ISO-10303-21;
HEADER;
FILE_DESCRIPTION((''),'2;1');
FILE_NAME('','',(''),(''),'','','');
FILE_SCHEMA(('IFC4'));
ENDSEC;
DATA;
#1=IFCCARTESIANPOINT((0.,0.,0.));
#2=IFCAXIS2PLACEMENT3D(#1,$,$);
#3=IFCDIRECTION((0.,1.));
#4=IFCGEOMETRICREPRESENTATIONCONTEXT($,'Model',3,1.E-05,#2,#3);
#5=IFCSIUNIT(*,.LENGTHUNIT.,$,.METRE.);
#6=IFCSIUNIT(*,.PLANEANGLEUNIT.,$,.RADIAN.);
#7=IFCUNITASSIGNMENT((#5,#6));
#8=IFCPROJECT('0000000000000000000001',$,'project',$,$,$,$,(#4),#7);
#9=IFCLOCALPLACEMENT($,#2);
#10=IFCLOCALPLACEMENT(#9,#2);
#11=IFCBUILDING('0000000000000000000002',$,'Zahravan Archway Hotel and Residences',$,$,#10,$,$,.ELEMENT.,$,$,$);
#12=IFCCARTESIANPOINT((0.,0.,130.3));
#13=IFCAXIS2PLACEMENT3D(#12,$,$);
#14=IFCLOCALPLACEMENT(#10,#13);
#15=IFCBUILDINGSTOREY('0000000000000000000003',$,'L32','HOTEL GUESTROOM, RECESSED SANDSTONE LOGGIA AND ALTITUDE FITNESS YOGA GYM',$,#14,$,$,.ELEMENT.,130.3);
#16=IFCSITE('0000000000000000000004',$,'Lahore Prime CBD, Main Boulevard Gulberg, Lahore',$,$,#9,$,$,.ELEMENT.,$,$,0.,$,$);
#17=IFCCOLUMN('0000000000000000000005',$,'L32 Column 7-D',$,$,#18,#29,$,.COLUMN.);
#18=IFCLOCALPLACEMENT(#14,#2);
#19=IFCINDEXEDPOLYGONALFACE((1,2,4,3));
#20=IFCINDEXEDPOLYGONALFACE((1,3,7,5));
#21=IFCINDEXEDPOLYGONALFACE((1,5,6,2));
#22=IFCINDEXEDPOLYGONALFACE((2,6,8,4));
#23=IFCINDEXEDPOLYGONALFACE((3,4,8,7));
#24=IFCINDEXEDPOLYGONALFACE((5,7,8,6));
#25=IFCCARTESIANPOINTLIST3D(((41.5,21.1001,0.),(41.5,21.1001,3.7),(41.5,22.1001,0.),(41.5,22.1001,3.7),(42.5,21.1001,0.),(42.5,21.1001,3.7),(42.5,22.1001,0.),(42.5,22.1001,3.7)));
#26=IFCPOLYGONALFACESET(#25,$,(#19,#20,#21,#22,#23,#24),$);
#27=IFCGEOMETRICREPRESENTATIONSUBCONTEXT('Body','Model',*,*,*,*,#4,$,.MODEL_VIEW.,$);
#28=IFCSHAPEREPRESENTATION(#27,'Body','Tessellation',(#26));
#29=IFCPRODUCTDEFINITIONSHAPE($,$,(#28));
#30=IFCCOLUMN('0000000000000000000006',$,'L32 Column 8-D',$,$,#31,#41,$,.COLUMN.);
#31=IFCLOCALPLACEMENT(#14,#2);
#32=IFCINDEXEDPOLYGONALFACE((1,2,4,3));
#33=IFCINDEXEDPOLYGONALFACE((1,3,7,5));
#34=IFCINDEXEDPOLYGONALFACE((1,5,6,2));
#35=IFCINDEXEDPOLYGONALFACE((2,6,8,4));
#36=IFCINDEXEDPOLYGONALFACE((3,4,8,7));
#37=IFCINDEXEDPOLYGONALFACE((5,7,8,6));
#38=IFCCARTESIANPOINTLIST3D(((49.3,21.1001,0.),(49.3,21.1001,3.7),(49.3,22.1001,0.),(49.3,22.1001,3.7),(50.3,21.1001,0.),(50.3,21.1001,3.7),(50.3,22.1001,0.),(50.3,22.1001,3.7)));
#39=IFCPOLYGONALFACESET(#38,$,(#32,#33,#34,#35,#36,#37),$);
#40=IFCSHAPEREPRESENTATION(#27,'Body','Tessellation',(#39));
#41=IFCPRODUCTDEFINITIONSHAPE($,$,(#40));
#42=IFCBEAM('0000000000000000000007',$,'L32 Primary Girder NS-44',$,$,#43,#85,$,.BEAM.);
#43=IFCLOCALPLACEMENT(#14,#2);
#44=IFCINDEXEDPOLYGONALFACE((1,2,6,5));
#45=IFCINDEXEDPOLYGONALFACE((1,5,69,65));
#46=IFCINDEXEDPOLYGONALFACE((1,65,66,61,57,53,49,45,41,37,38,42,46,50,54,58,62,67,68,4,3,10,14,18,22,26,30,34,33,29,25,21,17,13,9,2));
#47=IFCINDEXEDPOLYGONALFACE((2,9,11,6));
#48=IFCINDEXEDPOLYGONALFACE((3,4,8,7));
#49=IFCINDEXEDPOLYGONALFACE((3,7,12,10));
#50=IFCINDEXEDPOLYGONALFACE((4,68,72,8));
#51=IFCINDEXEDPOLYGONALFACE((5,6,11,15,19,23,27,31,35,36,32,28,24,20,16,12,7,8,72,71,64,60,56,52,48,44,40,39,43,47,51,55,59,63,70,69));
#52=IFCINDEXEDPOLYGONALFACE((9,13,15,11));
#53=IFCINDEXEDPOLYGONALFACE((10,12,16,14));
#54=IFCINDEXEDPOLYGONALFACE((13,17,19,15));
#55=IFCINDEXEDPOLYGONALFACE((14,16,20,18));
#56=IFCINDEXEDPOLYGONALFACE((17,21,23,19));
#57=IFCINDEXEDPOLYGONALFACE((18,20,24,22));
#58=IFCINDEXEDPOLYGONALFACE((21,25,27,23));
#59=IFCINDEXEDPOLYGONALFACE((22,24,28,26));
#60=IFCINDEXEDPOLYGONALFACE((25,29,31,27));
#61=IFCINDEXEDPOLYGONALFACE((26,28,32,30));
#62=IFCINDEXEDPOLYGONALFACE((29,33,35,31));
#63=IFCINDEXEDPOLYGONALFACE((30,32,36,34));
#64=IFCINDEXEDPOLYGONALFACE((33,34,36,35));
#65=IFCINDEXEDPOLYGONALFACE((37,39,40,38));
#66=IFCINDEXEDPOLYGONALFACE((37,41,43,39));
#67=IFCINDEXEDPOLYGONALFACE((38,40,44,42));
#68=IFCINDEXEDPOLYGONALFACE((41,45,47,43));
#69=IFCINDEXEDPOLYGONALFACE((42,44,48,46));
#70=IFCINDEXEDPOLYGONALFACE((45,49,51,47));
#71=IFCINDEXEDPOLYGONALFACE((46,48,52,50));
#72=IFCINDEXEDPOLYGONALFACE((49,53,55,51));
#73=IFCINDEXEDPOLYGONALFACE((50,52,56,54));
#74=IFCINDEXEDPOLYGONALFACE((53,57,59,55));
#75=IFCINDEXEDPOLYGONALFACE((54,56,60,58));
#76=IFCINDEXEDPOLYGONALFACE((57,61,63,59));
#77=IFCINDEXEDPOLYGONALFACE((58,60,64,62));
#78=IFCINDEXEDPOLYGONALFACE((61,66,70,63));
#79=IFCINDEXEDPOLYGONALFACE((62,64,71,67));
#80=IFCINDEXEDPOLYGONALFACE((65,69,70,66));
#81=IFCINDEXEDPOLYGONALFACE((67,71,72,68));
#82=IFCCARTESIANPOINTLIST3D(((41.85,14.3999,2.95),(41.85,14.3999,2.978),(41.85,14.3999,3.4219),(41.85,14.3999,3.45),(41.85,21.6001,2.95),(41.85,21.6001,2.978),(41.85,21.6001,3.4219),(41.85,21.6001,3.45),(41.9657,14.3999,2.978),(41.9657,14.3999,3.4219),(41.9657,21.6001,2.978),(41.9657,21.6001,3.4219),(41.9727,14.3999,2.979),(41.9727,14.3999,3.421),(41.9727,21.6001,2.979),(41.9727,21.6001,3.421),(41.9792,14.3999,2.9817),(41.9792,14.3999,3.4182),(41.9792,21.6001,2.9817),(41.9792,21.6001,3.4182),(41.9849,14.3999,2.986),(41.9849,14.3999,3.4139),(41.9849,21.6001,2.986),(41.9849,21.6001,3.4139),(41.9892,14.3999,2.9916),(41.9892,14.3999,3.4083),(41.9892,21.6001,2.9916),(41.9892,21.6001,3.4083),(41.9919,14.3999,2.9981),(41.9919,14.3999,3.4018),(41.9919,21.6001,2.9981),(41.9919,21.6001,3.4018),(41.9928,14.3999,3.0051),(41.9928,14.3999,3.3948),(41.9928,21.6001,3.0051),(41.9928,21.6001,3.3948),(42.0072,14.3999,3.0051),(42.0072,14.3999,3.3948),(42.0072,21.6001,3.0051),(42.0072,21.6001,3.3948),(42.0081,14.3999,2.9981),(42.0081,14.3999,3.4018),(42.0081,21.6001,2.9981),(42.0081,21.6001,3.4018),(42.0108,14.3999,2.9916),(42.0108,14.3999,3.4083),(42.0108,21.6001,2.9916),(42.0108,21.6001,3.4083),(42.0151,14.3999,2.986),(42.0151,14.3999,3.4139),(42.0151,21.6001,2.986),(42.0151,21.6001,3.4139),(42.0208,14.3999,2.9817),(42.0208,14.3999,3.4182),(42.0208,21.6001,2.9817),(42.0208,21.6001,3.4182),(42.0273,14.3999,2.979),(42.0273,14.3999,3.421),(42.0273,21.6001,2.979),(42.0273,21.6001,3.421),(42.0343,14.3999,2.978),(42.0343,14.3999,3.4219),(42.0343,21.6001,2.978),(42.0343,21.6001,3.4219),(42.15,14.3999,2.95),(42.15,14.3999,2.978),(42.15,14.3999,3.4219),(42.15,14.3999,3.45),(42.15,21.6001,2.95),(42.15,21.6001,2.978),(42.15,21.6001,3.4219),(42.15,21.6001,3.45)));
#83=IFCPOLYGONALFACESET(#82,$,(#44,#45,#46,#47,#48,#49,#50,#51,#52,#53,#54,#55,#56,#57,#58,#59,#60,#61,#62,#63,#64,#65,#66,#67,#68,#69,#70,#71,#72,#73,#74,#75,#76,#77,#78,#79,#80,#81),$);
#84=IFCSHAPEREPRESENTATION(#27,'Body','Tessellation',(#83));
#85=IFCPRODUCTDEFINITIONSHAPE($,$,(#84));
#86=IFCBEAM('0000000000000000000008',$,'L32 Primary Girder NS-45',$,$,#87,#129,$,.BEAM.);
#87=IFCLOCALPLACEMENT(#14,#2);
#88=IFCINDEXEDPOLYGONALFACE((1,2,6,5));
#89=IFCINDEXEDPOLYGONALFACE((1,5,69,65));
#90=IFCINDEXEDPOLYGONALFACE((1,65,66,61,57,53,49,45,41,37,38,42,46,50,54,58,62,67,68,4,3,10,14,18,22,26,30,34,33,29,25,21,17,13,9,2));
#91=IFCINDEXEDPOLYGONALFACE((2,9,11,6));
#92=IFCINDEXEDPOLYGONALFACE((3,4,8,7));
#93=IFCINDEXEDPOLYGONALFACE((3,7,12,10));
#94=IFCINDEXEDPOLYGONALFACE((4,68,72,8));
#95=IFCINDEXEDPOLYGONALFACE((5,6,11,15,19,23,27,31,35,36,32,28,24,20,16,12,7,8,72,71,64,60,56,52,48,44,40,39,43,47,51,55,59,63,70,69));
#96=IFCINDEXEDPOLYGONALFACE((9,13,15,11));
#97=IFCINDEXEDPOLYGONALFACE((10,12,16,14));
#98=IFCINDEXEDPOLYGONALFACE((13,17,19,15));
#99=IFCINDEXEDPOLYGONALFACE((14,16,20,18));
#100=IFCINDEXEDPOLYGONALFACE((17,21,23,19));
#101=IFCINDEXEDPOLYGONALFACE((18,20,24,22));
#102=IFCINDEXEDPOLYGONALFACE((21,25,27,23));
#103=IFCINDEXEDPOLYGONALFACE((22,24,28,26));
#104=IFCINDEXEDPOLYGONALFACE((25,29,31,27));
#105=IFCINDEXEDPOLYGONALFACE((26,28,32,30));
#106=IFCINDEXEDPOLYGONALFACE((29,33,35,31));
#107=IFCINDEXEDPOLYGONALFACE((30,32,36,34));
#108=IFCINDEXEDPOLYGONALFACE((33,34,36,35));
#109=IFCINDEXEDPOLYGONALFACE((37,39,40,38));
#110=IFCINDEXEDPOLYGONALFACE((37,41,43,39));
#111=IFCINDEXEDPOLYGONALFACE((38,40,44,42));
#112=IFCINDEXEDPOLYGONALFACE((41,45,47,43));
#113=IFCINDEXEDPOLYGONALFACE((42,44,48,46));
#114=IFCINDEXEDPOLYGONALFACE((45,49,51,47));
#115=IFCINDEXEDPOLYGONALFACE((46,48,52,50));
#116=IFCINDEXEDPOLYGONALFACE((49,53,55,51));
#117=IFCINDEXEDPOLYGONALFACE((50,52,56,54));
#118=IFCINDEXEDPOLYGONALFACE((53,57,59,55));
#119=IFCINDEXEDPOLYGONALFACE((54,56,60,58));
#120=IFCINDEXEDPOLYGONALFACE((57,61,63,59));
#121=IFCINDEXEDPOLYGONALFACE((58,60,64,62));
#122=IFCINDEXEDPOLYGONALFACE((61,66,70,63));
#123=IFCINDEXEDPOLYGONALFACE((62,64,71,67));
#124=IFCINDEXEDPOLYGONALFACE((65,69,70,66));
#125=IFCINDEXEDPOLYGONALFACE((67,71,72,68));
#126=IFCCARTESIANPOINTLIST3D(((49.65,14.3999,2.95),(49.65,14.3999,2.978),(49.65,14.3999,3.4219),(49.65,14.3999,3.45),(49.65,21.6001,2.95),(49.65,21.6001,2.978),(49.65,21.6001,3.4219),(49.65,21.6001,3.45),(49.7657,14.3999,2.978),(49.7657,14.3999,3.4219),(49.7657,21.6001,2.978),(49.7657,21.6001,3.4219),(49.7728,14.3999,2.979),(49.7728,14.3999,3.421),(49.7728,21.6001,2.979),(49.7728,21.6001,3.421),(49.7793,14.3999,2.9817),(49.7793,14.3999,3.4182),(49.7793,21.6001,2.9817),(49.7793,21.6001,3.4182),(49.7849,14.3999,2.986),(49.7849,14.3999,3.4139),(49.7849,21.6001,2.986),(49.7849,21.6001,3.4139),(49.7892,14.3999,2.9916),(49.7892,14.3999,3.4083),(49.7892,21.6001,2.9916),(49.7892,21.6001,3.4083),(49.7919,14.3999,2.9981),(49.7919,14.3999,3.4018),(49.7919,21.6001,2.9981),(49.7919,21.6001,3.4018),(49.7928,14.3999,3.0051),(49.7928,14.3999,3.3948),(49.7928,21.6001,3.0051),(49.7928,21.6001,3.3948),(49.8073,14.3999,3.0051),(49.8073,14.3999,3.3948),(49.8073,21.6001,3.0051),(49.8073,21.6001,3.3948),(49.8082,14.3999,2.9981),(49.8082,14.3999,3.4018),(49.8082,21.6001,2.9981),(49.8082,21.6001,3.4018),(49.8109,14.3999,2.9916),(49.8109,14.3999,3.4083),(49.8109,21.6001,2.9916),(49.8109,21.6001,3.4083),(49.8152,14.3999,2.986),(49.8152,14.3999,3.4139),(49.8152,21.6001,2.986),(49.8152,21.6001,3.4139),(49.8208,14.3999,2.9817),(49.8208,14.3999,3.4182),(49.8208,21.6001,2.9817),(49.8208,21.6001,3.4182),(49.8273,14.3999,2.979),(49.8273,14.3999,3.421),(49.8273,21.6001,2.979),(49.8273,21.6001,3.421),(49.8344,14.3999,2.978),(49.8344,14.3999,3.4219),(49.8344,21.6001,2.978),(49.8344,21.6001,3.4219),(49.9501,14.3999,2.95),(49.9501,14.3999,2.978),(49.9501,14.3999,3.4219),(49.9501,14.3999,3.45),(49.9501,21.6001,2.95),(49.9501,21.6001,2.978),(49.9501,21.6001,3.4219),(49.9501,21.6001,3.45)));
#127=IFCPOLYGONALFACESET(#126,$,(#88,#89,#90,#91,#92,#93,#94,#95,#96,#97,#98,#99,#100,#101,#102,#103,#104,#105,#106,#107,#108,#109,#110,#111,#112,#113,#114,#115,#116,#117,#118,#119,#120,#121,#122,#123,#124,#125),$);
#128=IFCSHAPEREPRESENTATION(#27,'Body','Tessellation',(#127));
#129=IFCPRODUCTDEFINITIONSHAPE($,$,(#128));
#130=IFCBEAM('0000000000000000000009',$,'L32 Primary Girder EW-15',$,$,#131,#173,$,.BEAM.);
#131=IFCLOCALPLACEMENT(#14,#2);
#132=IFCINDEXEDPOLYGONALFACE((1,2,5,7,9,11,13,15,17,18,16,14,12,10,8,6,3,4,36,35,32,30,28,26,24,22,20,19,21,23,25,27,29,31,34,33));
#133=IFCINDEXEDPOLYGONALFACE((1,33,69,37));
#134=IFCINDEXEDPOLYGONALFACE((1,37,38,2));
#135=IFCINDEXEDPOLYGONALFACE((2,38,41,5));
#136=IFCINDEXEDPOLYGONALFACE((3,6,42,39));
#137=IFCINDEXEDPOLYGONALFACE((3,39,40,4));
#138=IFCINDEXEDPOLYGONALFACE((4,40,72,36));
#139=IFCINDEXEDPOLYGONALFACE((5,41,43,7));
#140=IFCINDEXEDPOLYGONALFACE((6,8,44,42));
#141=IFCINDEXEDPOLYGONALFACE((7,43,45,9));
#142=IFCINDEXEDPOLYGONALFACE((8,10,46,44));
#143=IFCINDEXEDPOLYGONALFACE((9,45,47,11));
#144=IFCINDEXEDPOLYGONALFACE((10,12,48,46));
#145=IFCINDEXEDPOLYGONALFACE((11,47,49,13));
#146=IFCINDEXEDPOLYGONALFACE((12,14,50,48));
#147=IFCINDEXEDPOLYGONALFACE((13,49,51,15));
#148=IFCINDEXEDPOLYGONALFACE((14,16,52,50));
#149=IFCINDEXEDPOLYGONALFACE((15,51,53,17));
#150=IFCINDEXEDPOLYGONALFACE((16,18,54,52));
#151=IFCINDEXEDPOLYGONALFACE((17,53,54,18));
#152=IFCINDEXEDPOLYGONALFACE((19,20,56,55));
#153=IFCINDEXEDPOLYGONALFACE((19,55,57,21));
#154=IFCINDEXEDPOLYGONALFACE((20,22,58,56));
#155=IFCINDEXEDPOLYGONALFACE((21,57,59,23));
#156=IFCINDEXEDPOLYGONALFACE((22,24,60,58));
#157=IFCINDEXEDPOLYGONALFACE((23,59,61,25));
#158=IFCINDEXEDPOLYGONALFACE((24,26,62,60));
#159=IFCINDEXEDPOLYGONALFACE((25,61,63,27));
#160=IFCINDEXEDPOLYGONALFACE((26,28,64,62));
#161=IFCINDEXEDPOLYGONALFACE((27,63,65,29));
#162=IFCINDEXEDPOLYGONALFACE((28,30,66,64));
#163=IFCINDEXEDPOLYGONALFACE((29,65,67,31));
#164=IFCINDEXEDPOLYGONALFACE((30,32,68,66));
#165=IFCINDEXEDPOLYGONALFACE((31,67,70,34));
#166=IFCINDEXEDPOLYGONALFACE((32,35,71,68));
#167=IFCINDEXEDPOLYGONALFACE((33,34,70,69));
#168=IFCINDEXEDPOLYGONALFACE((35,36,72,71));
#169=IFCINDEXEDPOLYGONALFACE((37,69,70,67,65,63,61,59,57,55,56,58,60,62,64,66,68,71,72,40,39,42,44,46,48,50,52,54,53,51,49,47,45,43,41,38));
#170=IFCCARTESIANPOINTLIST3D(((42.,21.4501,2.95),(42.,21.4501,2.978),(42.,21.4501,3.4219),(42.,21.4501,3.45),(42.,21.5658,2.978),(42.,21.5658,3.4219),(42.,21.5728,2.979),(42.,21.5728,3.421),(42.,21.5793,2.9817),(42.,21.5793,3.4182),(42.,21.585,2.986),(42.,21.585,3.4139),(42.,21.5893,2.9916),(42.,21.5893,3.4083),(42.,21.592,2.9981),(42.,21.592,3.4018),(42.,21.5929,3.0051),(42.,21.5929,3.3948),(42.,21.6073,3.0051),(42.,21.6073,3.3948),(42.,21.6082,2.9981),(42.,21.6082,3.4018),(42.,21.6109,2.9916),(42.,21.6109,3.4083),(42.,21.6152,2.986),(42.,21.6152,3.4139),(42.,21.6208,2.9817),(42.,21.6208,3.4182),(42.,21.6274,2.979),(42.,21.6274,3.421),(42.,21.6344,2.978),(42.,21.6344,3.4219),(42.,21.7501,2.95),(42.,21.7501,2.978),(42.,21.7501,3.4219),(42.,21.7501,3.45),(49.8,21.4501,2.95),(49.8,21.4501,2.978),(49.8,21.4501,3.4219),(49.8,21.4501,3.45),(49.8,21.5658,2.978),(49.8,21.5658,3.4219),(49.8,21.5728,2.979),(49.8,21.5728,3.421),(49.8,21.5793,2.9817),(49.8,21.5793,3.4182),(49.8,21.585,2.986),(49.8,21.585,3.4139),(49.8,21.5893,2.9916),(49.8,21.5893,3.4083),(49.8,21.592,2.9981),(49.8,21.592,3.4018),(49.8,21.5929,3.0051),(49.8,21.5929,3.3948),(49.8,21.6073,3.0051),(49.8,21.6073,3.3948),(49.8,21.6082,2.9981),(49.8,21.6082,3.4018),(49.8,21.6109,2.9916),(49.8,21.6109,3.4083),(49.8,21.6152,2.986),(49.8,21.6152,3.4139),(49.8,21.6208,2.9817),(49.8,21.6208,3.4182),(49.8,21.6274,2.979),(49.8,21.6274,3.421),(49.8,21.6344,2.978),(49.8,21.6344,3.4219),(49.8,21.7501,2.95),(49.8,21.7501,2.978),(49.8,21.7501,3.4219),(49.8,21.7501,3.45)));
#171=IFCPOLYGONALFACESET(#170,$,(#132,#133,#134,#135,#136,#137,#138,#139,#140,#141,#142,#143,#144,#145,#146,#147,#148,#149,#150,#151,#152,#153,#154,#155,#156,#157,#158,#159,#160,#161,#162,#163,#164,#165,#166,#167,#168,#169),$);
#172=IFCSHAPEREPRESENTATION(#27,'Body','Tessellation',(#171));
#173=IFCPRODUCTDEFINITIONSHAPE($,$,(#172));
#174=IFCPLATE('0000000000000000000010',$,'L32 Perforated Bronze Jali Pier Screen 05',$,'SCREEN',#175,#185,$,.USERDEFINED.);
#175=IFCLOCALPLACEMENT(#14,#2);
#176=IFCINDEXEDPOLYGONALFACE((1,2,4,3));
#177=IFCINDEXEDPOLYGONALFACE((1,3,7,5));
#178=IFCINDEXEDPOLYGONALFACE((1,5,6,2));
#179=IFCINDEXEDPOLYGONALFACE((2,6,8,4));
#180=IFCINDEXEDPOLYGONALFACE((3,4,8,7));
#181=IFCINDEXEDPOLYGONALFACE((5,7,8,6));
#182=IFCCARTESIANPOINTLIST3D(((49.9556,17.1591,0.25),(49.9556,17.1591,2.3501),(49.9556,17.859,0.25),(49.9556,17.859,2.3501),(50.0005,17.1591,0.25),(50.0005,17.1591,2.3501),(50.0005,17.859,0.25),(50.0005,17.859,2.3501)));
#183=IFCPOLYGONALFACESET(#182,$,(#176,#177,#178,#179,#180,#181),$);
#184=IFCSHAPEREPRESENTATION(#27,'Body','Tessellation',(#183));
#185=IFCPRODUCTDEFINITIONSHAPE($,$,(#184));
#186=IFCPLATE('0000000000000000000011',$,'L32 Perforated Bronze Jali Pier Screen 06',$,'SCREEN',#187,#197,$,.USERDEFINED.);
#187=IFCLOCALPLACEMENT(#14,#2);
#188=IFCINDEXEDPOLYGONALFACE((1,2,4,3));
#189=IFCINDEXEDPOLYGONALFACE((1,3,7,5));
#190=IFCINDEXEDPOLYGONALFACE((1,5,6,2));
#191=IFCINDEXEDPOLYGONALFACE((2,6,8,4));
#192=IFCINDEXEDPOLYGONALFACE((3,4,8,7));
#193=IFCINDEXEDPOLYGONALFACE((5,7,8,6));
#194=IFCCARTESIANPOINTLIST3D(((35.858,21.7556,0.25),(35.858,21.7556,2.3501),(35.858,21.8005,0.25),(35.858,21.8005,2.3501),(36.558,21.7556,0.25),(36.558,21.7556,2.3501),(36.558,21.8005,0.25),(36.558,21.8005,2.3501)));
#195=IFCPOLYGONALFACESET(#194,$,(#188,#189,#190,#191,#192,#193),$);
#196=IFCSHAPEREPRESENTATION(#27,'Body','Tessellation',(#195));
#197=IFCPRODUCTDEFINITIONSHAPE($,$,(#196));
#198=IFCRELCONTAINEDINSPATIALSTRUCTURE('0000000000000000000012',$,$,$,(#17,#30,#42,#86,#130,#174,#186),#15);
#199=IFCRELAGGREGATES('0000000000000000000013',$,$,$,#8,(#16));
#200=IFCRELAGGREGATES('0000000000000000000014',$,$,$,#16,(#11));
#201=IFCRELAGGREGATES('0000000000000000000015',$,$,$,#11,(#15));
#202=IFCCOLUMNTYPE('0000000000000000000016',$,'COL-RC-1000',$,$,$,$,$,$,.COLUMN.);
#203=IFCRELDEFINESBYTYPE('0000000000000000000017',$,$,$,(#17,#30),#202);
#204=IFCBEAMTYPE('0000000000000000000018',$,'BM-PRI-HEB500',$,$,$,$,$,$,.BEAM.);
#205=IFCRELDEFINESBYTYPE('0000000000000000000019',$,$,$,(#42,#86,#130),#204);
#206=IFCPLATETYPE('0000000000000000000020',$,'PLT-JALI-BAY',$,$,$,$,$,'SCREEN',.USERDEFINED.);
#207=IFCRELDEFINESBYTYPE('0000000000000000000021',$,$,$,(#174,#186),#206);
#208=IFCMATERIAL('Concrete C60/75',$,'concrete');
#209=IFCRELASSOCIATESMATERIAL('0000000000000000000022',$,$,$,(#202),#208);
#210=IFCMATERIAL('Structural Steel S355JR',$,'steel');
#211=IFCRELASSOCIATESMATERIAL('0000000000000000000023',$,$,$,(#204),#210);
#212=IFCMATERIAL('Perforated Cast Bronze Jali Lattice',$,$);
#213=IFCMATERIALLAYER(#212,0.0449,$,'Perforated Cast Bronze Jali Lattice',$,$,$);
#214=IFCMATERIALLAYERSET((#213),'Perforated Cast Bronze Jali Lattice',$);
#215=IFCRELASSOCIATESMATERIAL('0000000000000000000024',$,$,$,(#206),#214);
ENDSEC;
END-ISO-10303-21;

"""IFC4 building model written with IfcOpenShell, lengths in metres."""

from ifc_helpers import new_model, si_unit, direction, frame, origin, origin_2d, place, context, subcontext, project, spatial, rectangle, i_section, extrude, source, transform, mapped, material, layer, layer_set, material_profile, profile_set, type_object, type_shapes, element, save


model = new_model("IFC4")

# Units and contexts
model_context = context("Model", 3, precision=1e-05, world=origin(), true_north=direction((0.0, 1.0)))
body_context = subcontext(model_context, "Body", "Model", "MODEL_VIEW")
ifc_project = project(units=[si_unit("LENGTHUNIT", "METRE"), si_unit("PLANEANGLEUNIT", "RADIAN")], contexts=[model_context])

# Site, building, storey
site_placement = place(None, origin())
site = spatial("IfcSite", under=ifc_project, at=site_placement, Name="Lahore Prime CBD, Main Boulevard Gulberg, Lahore", CompositionType="ELEMENT", RefElevation=0.0)
building_placement = place(site_placement, origin())
building = spatial("IfcBuilding", under=site, at=building_placement, Name="Zahravan Archway Hotel and Residences", CompositionType="ELEMENT")
storey_placement = place(building_placement, frame((0.0, 0.0, 130.3)))
storey = spatial("IfcBuildingStorey", under=building, at=storey_placement, Name="L32", Description="HOTEL GUESTROOM, RECESSED SANDSTONE LOGGIA AND ALTITUDE FITNESS YOGA GYM", CompositionType="ELEMENT", Elevation=130.3)

# Columns
ifc_material_1 = material(Name="Concrete C60/75", Category="concrete")
ifc_material_profile_1 = material_profile(ifc_material_1, rectangle(XDim=1.0, YDim=1.0, at=origin_2d()), Name="RC-COL-1000x1000", Category="concrete")
ifc_profile_set_1 = profile_set([ifc_material_profile_1], Name="Concrete C60/75")
column_type = type_object("IfcColumnType", Name="COL-RC-1000", PredefinedType="COLUMN", material=ifc_profile_set_1)
shared_shape_1 = source(origin(), body_context, "Body", "SweptSolid", [
    extrude(rectangle(XDim=1.0, YDim=1.0, at=origin_2d()), origin(), (0.0, 0.0, 1.0), 3.7),
])
type_shapes(column_type, [shared_shape_1])
for number, where, z_axis, x_axis, name in (
    (1, (42.0, 21.6001, 0.0), (0.0, 0.0, 1.0), (1.0, 0.0, 0.0), "L32 Column 7-D"),
    (2, (49.8, 21.6001, 0.0), (0.0, 0.0, 1.0), (1.0, 0.0, 0.0), "L32 Column 8-D"),
):
    element("IfcColumn", number, at=place(storey_placement, frame(where, z_axis=z_axis, x_axis=x_axis)), inside=storey, type_object=column_type, Name=name, PredefinedType="COLUMN", context=body_context, shape_type="MappedRepresentation", body=[
        mapped(shared_shape_1, transform((0.0, 0.0, 0.0), scale=1.0)),
    ])

# Beams
ifc_material_2 = material(Name="Structural Steel S355JR", Category="steel")
ifc_material_profile_2 = material_profile(ifc_material_2, i_section(OverallWidth=0.3, OverallDepth=0.5, WebThickness=0.0144, FlangeThickness=0.0281, FilletRadius=0.0271, at=origin_2d()), Name="HEB 500", Category="steel")
ifc_profile_set_2 = profile_set([ifc_material_profile_2], Name="Structural Steel S355JR")
beam_type = type_object("IfcBeamType", Name="BM-PRI-HEB500", PredefinedType="BEAM", material=ifc_profile_set_2)
shared_shape_2 = source(origin(), body_context, "Body", "SweptSolid", [
    extrude(i_section(OverallWidth=0.3, OverallDepth=0.5, WebThickness=0.0144, FlangeThickness=0.0281, FilletRadius=0.0271, at=origin_2d()), origin(), (0.0, 0.0, 1.0), 7.2002),
])
type_shapes(beam_type, [shared_shape_2])
for number, where, z_axis, x_axis, name in (
    (3, (42.0, 14.3999, 3.2), (0.0, 1.0, 0.0), (-1.0, 0.0, 0.0), "L32 Primary Girder NS-44"),
    (4, (49.8, 14.3999, 3.2), (0.0, 1.0, 0.0), (-1.0, 0.0, 0.0), "L32 Primary Girder NS-45"),
):
    element("IfcBeam", number, at=place(storey_placement, frame(where, z_axis=z_axis, x_axis=x_axis)), inside=storey, type_object=beam_type, Name=name, PredefinedType="BEAM", context=body_context, shape_type="MappedRepresentation", body=[
        mapped(shared_shape_2, transform((0.0, 0.0, 0.0), scale=1.0)),
    ])
shared_shape_3 = source(origin(), body_context, "Body", "SweptSolid", [
    extrude(i_section(OverallWidth=0.3, OverallDepth=0.5, WebThickness=0.0144, FlangeThickness=0.0281, FilletRadius=0.0271, at=origin_2d()), origin(), (0.0, 0.0, 1.0), 7.8),
])
beam_placement = place(storey_placement, frame((42.0, 21.6001, 3.2), z_axis=(1.0, 0.0, 0.0), x_axis=(0.0, 1.0, 0.0)))
element("IfcBeam", 5, at=beam_placement, inside=storey, type_object=beam_type, Name="L32 Primary Girder EW-15", PredefinedType="BEAM", context=body_context, shape_type="MappedRepresentation", body=[
    mapped(shared_shape_3, transform((0.0, 0.0, 0.0), scale=1.0)),
])

# Plates
ifc_material_3 = material(Name="Perforated Cast Bronze Jali Lattice")
ifc_layer_1 = layer(ifc_material_3, 0.0449, Name="Perforated Cast Bronze Jali Lattice")
ifc_layer_set_1 = layer_set([ifc_layer_1], Name="Perforated Cast Bronze Jali Lattice")
plate_type = type_object("IfcPlateType", Name="PLT-JALI-BAY", ElementType="SCREEN", PredefinedType="USERDEFINED", material=ifc_layer_set_1)
shared_shape_4 = source(origin(), body_context, "Body", "SweptSolid", [
    extrude(rectangle(XDim=0.7, YDim=0.0449, at=origin_2d()), origin(), (0.0, 0.0, 1.0), 2.1001),
])
type_shapes(plate_type, [shared_shape_4])
for number, where, z_axis, x_axis, name in (
    (6, (49.978, 17.509, 0.25), (0.0, 0.0, 1.0), (0.0, 1.0, 0.0), "L32 Perforated Bronze Jali Pier Screen 05"),
    (7, (36.208, 21.7781, 0.25), (0.0, 0.0, 1.0), (1.0, 0.0, 0.0), "L32 Perforated Bronze Jali Pier Screen 06"),
):
    element("IfcPlate", number, at=place(storey_placement, frame(where, z_axis=z_axis, x_axis=x_axis)), inside=storey, type_object=plate_type, Name=name, ObjectType="SCREEN", PredefinedType="USERDEFINED", context=body_context, shape_type="MappedRepresentation", body=[
        mapped(shared_shape_4, transform((0.0, 0.0, 0.0), scale=1.0)),
    ])

save(model, "model.ifc")
